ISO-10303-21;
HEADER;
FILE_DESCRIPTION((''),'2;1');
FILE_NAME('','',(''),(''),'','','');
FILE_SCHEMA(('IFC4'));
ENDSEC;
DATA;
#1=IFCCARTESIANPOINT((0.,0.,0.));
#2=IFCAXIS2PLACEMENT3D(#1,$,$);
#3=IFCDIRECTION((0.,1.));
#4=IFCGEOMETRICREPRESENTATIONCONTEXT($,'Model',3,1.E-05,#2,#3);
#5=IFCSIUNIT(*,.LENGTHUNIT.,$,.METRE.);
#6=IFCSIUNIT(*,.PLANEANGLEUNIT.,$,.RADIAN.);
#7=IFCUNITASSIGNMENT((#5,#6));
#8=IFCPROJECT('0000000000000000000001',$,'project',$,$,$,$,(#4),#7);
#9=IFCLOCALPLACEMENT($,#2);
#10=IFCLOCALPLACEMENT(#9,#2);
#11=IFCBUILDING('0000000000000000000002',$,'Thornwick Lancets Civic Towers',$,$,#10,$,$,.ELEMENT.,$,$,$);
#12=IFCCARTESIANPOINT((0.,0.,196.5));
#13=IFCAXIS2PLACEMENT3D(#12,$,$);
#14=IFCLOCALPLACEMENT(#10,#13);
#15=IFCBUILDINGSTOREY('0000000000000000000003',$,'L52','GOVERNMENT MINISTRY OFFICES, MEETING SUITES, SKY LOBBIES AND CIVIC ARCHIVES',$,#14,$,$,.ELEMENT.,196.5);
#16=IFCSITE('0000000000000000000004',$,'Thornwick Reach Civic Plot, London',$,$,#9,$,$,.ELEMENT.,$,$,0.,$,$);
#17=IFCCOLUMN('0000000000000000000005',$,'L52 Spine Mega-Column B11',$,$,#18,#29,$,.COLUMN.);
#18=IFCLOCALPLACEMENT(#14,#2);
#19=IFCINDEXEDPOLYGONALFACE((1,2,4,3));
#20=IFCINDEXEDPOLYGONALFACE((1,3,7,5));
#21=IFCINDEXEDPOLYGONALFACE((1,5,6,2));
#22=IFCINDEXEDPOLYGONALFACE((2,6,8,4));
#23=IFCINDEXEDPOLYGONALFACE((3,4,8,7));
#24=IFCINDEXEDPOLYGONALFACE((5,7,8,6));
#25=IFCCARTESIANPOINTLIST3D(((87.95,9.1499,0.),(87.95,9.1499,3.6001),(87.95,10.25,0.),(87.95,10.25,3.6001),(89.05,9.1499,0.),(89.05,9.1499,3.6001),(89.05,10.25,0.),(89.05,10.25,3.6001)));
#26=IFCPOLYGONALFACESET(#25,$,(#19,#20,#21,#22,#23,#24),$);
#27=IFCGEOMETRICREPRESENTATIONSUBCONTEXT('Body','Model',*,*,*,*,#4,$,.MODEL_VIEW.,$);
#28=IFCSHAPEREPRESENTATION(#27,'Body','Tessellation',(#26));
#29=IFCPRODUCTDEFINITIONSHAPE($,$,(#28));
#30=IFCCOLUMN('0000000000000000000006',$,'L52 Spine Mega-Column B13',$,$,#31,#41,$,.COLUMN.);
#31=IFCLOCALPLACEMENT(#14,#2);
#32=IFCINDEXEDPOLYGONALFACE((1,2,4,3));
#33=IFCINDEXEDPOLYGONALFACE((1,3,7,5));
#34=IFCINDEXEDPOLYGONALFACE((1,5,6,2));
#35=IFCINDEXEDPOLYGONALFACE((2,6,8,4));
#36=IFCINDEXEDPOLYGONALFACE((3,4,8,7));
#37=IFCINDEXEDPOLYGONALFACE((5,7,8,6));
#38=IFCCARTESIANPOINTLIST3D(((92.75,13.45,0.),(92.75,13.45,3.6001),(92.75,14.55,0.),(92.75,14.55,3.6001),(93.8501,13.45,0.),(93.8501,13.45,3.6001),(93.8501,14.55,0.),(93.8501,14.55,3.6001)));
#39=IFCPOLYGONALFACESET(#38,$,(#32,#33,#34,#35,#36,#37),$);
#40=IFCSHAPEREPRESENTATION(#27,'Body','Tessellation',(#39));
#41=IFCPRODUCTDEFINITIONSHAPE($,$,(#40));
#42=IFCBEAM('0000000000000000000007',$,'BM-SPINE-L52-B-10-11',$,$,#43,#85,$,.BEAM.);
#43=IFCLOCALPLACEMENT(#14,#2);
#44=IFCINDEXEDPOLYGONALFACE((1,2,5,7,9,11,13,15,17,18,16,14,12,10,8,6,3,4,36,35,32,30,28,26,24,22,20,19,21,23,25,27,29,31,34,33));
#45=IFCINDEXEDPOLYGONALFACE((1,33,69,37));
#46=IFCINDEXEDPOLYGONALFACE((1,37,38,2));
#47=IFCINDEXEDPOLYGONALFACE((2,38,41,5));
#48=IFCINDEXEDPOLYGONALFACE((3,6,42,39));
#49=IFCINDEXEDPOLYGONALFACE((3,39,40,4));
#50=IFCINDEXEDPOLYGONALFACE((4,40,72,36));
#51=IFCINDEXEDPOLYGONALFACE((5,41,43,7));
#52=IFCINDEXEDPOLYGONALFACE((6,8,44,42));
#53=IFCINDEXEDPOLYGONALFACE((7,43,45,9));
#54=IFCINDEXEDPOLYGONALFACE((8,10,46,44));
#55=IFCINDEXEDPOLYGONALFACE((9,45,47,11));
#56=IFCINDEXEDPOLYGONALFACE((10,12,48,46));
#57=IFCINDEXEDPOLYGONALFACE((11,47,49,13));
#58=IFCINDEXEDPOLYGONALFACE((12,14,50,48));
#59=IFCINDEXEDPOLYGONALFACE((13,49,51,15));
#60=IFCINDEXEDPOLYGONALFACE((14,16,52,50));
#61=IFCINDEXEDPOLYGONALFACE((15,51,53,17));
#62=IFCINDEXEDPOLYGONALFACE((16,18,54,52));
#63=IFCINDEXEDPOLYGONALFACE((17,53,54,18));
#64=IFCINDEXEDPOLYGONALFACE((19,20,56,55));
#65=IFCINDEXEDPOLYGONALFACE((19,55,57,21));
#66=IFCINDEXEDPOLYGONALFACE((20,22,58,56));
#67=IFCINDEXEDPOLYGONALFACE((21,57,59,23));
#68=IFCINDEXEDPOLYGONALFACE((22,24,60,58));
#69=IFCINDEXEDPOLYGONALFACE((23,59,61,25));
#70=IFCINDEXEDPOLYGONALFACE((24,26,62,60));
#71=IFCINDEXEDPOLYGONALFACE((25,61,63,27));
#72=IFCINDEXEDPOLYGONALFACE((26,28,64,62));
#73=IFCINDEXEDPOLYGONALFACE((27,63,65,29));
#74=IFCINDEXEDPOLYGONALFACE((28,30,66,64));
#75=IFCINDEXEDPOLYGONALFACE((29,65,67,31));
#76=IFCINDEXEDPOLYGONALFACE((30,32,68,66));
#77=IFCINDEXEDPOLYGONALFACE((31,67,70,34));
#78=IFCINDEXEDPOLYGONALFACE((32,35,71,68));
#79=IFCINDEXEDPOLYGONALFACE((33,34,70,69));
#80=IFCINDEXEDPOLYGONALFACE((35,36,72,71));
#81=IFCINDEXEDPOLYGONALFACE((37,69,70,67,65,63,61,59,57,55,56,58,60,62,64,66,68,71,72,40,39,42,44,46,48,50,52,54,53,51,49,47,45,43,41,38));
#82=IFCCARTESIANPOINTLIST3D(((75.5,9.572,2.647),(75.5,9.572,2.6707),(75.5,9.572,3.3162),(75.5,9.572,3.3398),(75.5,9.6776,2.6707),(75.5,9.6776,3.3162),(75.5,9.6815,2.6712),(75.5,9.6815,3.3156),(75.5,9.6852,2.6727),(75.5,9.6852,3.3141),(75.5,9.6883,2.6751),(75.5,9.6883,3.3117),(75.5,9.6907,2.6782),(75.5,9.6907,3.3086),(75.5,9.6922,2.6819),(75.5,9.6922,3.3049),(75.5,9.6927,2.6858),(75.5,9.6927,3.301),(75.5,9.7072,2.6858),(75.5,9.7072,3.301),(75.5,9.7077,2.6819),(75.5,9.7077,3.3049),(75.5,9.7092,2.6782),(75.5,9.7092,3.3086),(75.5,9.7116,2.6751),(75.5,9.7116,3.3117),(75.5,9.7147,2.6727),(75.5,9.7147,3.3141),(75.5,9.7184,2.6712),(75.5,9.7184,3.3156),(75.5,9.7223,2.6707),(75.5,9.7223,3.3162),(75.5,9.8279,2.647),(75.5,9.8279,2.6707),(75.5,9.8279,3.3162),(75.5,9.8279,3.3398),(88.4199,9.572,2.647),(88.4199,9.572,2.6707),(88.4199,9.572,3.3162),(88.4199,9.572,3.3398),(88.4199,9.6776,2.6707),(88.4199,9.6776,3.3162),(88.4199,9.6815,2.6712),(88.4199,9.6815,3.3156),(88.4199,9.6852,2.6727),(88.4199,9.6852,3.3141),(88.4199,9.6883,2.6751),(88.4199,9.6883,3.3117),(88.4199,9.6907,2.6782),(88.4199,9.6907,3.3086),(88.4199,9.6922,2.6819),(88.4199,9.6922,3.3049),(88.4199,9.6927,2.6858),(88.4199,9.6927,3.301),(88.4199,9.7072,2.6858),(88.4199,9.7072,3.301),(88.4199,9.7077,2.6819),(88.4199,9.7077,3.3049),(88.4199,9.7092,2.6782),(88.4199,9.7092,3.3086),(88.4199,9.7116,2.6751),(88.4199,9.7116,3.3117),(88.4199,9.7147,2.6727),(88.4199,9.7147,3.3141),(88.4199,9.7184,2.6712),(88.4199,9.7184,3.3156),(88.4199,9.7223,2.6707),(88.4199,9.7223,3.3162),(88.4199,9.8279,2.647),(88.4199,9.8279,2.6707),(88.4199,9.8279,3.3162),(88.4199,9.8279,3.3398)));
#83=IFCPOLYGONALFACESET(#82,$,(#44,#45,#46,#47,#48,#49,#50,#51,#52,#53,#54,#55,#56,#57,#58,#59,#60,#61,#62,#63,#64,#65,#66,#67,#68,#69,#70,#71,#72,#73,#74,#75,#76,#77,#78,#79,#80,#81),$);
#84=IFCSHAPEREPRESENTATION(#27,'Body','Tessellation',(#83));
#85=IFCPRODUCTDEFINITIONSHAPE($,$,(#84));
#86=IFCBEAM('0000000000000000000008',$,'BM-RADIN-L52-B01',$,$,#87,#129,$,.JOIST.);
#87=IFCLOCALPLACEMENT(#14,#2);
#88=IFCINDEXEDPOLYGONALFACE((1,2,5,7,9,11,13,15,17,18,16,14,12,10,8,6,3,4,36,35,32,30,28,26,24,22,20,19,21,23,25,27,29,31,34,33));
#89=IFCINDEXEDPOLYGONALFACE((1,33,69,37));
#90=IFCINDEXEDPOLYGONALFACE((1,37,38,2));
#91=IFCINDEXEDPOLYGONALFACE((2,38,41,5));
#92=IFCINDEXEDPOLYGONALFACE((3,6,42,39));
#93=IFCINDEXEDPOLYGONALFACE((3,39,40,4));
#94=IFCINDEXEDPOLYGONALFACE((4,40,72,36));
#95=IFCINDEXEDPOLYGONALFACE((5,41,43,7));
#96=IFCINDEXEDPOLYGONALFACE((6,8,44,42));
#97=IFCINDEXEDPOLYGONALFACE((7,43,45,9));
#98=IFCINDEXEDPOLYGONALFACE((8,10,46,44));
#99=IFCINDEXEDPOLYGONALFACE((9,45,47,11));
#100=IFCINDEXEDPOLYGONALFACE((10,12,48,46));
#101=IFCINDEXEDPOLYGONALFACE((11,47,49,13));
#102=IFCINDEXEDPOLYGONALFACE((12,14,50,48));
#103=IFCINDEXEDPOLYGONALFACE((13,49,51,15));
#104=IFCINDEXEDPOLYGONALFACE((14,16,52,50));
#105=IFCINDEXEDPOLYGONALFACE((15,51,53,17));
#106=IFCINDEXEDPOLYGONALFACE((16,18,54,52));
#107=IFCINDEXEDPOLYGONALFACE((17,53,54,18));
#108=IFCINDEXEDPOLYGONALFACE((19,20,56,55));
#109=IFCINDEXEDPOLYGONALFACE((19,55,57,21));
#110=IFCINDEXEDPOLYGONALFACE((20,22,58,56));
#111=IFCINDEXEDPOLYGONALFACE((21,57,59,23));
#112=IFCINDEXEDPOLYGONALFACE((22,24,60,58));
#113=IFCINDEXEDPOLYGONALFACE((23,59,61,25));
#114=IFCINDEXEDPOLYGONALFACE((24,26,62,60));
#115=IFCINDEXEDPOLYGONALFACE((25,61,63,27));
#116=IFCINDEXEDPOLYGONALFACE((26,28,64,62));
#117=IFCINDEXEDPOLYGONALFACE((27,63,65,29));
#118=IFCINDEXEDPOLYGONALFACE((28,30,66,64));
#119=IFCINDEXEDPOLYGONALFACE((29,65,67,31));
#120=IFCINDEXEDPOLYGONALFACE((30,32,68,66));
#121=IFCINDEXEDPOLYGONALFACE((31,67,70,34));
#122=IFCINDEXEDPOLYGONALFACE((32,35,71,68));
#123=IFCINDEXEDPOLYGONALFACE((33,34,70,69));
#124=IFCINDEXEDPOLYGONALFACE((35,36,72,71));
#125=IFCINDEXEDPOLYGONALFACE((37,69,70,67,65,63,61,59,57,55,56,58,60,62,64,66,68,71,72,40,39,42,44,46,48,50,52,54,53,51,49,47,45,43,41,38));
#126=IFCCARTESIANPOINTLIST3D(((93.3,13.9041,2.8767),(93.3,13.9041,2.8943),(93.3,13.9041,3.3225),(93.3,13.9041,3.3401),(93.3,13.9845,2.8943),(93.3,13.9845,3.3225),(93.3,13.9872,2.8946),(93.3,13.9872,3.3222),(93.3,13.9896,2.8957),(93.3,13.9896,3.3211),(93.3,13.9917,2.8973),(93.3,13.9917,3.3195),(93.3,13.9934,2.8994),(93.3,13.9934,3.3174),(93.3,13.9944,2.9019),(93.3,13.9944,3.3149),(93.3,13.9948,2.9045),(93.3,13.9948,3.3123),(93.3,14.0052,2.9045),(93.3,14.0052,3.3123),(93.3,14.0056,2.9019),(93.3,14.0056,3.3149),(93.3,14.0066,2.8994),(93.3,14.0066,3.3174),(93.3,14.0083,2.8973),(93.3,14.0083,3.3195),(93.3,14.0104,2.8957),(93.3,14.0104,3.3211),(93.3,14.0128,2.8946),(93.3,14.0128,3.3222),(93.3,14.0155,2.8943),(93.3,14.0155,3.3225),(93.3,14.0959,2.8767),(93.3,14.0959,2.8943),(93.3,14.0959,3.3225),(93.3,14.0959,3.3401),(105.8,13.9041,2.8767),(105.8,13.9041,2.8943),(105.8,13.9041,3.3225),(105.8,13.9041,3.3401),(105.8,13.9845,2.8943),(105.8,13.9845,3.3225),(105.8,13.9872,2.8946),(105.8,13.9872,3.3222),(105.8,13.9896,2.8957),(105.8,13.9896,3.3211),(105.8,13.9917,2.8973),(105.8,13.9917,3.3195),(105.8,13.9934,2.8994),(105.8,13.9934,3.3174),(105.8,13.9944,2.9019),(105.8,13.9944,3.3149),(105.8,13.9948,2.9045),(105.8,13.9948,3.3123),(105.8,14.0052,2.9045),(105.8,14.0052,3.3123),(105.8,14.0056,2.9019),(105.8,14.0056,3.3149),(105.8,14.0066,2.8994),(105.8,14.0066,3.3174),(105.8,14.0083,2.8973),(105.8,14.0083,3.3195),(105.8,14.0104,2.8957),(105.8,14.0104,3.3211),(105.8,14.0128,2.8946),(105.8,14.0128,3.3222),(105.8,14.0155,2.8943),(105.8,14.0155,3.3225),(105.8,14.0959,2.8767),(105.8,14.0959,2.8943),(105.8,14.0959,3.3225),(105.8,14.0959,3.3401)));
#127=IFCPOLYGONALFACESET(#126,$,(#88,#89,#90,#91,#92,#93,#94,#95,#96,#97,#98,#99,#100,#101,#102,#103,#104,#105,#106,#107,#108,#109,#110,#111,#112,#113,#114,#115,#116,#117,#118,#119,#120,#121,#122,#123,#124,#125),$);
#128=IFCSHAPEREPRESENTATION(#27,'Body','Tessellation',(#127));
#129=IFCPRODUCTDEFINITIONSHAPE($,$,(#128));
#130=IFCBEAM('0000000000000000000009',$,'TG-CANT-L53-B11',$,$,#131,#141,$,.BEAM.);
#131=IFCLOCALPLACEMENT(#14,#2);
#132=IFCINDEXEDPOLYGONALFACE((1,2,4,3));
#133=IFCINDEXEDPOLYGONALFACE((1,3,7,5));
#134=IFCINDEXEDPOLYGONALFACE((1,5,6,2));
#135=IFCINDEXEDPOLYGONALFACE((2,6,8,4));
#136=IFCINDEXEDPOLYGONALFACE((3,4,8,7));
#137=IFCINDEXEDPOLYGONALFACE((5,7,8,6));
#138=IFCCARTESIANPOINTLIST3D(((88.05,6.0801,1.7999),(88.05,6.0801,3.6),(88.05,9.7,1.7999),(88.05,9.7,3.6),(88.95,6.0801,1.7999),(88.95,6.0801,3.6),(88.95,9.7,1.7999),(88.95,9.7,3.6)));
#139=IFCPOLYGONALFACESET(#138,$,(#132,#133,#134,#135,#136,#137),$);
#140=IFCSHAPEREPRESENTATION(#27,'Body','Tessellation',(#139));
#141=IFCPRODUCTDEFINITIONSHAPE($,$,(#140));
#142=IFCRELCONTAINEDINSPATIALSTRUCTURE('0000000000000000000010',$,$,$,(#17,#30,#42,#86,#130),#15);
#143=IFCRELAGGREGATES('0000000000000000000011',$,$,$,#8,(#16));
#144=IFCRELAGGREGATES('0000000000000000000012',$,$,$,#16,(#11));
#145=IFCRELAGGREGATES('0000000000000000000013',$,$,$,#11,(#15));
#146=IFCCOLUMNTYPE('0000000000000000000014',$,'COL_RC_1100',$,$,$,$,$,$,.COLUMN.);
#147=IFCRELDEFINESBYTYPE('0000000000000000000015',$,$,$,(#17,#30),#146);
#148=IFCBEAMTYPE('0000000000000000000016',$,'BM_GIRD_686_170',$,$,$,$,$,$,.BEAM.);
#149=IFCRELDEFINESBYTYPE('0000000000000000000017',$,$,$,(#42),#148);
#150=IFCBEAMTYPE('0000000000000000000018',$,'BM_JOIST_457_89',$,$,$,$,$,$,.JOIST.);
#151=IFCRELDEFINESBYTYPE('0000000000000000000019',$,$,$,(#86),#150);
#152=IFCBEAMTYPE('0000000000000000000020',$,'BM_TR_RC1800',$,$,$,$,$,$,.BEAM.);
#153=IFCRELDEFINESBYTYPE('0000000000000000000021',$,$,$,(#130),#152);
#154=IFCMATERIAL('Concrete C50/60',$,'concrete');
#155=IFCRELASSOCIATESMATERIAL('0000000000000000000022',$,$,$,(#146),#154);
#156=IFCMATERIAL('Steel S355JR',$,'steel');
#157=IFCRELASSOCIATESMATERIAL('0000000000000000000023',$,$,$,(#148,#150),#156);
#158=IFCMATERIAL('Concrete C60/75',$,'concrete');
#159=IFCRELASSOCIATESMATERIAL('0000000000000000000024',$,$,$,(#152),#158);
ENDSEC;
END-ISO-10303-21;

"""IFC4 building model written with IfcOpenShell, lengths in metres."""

from ifc_helpers import new_model, si_unit, direction, frame, origin, origin_2d, place, context, subcontext, project, spatial, rectangle, i_section, extrude, material, material_profile, profile_set, type_object, element, save


model = new_model("IFC4")

# Units and contexts
model_context = context("Model", 3, precision=1e-05, world=origin(), true_north=direction((0.0, 1.0)))
body_context = subcontext(model_context, "Body", "Model", "MODEL_VIEW")
ifc_project = project(units=[si_unit("LENGTHUNIT", "METRE"), si_unit("PLANEANGLEUNIT", "RADIAN")], contexts=[model_context])

# Site, building, storey
site_placement = place(None, origin())
site = spatial("IfcSite", under=ifc_project, at=site_placement, Name="Thornwick Reach Civic Plot, London", CompositionType="ELEMENT", RefElevation=0.0)
building_placement = place(site_placement, origin())
building = spatial("IfcBuilding", under=site, at=building_placement, Name="Thornwick Lancets Civic Towers", CompositionType="ELEMENT")
storey_placement = place(building_placement, frame((0.0, 0.0, 196.5)))
storey = spatial("IfcBuildingStorey", under=building, at=storey_placement, Name="L52", Description="GOVERNMENT MINISTRY OFFICES, MEETING SUITES, SKY LOBBIES AND CIVIC ARCHIVES", CompositionType="ELEMENT", Elevation=196.5)

# Columns
ifc_material_1 = material(Name="Concrete C50/60", Category="concrete")
ifc_material_profile_1 = material_profile(ifc_material_1, rectangle(XDim=1.1001, YDim=1.1001, at=origin_2d()), Name="RC 1100x1100")
ifc_profile_set_1 = profile_set([ifc_material_profile_1], Name="Concrete C50/60")
column_type = type_object("IfcColumnType", Name="COL_RC_1100", PredefinedType="COLUMN", material=ifc_profile_set_1)
for number, where, z_axis, x_axis, name in (
    (1, (88.5, 9.7, 0.0), (0.0, 0.0, 1.0), (1.0, 0.0, 0.0), "L52 Spine Mega-Column B11"),
    (2, (93.3, 14.0, 0.0), (0.0, 0.0, 1.0), (1.0, 0.0, 0.0), "L52 Spine Mega-Column B13"),
):
    element("IfcColumn", number, at=place(storey_placement, frame(where, z_axis=z_axis, x_axis=x_axis)), inside=storey, type_object=column_type, Name=name, PredefinedType="COLUMN", context=body_context, shape_type="SweptSolid", body=[
        extrude(rectangle(XDim=1.1001, YDim=1.1001, at=origin_2d()), origin(), (0.0, 0.0, 1.0), 3.6001),
    ])

# Beams
ifc_material_2 = material(Name="Steel S355JR", Category="steel")
ifc_material_profile_2 = material_profile(ifc_material_2, i_section(OverallWidth=0.2559, OverallDepth=0.6929, WebThickness=0.0144, FlangeThickness=0.0237, FilletRadius=0.0151, at=origin_2d()), Name="UKB 686x254x170")
ifc_profile_set_2 = profile_set([ifc_material_profile_2], Name="Steel S355JR")
beam_type_1 = type_object("IfcBeamType", Name="BM_GIRD_686_170", PredefinedType="BEAM", material=ifc_profile_set_2)
beam_1_placement = place(storey_placement, frame((88.4199, 9.7, 2.9934), z_axis=(-1.0, 0.0, 0.0), x_axis=(0.0, -1.0, 0.0)))
element("IfcBeam", 3, at=beam_1_placement, inside=storey, type_object=beam_type_1, Name="BM-SPINE-L52-B-10-11", PredefinedType="BEAM", context=body_context, shape_type="SweptSolid", body=[
    extrude(i_section(OverallWidth=0.2559, OverallDepth=0.6929, WebThickness=0.0144, FlangeThickness=0.0237, FilletRadius=0.0151, at=origin_2d()), origin(), (0.0, 0.0, 1.0), 12.9199),
])
ifc_material_profile_3 = material_profile(ifc_material_2, i_section(OverallWidth=0.1919, OverallDepth=0.4634, WebThickness=0.0105, FlangeThickness=0.0176, FilletRadius=0.0103, at=origin_2d()), Name="UKB 457x191x89")
ifc_profile_set_3 = profile_set([ifc_material_profile_3], Name="Steel S355JR")
beam_type_2 = type_object("IfcBeamType", Name="BM_JOIST_457_89", PredefinedType="JOIST", material=ifc_profile_set_3)
beam_2_placement = place(storey_placement, frame((93.3, 14.0, 3.1084), z_axis=(1.0, 0.0, 0.0), x_axis=(0.0, 1.0, 0.0)))
element("IfcBeam", 4, at=beam_2_placement, inside=storey, type_object=beam_type_2, Name="BM-RADIN-L52-B01", PredefinedType="JOIST", context=body_context, shape_type="SweptSolid", body=[
    extrude(i_section(OverallWidth=0.1919, OverallDepth=0.4634, WebThickness=0.0105, FlangeThickness=0.0176, FilletRadius=0.0103, at=origin_2d()), origin(), (0.0, 0.0, 1.0), 12.5),
])
ifc_material_3 = material(Name="Concrete C60/75", Category="concrete")
ifc_material_profile_4 = material_profile(ifc_material_3, rectangle(XDim=0.8999, YDim=1.8, at=origin_2d()), Name="RC 900x1800")
ifc_profile_set_4 = profile_set([ifc_material_profile_4], Name="Concrete C60/75")
beam_type_3 = type_object("IfcBeamType", Name="BM_TR_RC1800", PredefinedType="BEAM", material=ifc_profile_set_4)
beam_3_placement = place(storey_placement, frame((88.5, 9.7, 2.7), z_axis=(0.0, -1.0, 0.0), x_axis=(1.0, 0.0, 0.0)))
element("IfcBeam", 5, at=beam_3_placement, inside=storey, type_object=beam_type_3, Name="TG-CANT-L53-B11", PredefinedType="BEAM", context=body_context, shape_type="SweptSolid", body=[
    extrude(rectangle(XDim=0.8999, YDim=1.8, at=origin_2d()), origin(), (0.0, 0.0, 1.0), 3.6199),
])

save(model, "model.ifc")
